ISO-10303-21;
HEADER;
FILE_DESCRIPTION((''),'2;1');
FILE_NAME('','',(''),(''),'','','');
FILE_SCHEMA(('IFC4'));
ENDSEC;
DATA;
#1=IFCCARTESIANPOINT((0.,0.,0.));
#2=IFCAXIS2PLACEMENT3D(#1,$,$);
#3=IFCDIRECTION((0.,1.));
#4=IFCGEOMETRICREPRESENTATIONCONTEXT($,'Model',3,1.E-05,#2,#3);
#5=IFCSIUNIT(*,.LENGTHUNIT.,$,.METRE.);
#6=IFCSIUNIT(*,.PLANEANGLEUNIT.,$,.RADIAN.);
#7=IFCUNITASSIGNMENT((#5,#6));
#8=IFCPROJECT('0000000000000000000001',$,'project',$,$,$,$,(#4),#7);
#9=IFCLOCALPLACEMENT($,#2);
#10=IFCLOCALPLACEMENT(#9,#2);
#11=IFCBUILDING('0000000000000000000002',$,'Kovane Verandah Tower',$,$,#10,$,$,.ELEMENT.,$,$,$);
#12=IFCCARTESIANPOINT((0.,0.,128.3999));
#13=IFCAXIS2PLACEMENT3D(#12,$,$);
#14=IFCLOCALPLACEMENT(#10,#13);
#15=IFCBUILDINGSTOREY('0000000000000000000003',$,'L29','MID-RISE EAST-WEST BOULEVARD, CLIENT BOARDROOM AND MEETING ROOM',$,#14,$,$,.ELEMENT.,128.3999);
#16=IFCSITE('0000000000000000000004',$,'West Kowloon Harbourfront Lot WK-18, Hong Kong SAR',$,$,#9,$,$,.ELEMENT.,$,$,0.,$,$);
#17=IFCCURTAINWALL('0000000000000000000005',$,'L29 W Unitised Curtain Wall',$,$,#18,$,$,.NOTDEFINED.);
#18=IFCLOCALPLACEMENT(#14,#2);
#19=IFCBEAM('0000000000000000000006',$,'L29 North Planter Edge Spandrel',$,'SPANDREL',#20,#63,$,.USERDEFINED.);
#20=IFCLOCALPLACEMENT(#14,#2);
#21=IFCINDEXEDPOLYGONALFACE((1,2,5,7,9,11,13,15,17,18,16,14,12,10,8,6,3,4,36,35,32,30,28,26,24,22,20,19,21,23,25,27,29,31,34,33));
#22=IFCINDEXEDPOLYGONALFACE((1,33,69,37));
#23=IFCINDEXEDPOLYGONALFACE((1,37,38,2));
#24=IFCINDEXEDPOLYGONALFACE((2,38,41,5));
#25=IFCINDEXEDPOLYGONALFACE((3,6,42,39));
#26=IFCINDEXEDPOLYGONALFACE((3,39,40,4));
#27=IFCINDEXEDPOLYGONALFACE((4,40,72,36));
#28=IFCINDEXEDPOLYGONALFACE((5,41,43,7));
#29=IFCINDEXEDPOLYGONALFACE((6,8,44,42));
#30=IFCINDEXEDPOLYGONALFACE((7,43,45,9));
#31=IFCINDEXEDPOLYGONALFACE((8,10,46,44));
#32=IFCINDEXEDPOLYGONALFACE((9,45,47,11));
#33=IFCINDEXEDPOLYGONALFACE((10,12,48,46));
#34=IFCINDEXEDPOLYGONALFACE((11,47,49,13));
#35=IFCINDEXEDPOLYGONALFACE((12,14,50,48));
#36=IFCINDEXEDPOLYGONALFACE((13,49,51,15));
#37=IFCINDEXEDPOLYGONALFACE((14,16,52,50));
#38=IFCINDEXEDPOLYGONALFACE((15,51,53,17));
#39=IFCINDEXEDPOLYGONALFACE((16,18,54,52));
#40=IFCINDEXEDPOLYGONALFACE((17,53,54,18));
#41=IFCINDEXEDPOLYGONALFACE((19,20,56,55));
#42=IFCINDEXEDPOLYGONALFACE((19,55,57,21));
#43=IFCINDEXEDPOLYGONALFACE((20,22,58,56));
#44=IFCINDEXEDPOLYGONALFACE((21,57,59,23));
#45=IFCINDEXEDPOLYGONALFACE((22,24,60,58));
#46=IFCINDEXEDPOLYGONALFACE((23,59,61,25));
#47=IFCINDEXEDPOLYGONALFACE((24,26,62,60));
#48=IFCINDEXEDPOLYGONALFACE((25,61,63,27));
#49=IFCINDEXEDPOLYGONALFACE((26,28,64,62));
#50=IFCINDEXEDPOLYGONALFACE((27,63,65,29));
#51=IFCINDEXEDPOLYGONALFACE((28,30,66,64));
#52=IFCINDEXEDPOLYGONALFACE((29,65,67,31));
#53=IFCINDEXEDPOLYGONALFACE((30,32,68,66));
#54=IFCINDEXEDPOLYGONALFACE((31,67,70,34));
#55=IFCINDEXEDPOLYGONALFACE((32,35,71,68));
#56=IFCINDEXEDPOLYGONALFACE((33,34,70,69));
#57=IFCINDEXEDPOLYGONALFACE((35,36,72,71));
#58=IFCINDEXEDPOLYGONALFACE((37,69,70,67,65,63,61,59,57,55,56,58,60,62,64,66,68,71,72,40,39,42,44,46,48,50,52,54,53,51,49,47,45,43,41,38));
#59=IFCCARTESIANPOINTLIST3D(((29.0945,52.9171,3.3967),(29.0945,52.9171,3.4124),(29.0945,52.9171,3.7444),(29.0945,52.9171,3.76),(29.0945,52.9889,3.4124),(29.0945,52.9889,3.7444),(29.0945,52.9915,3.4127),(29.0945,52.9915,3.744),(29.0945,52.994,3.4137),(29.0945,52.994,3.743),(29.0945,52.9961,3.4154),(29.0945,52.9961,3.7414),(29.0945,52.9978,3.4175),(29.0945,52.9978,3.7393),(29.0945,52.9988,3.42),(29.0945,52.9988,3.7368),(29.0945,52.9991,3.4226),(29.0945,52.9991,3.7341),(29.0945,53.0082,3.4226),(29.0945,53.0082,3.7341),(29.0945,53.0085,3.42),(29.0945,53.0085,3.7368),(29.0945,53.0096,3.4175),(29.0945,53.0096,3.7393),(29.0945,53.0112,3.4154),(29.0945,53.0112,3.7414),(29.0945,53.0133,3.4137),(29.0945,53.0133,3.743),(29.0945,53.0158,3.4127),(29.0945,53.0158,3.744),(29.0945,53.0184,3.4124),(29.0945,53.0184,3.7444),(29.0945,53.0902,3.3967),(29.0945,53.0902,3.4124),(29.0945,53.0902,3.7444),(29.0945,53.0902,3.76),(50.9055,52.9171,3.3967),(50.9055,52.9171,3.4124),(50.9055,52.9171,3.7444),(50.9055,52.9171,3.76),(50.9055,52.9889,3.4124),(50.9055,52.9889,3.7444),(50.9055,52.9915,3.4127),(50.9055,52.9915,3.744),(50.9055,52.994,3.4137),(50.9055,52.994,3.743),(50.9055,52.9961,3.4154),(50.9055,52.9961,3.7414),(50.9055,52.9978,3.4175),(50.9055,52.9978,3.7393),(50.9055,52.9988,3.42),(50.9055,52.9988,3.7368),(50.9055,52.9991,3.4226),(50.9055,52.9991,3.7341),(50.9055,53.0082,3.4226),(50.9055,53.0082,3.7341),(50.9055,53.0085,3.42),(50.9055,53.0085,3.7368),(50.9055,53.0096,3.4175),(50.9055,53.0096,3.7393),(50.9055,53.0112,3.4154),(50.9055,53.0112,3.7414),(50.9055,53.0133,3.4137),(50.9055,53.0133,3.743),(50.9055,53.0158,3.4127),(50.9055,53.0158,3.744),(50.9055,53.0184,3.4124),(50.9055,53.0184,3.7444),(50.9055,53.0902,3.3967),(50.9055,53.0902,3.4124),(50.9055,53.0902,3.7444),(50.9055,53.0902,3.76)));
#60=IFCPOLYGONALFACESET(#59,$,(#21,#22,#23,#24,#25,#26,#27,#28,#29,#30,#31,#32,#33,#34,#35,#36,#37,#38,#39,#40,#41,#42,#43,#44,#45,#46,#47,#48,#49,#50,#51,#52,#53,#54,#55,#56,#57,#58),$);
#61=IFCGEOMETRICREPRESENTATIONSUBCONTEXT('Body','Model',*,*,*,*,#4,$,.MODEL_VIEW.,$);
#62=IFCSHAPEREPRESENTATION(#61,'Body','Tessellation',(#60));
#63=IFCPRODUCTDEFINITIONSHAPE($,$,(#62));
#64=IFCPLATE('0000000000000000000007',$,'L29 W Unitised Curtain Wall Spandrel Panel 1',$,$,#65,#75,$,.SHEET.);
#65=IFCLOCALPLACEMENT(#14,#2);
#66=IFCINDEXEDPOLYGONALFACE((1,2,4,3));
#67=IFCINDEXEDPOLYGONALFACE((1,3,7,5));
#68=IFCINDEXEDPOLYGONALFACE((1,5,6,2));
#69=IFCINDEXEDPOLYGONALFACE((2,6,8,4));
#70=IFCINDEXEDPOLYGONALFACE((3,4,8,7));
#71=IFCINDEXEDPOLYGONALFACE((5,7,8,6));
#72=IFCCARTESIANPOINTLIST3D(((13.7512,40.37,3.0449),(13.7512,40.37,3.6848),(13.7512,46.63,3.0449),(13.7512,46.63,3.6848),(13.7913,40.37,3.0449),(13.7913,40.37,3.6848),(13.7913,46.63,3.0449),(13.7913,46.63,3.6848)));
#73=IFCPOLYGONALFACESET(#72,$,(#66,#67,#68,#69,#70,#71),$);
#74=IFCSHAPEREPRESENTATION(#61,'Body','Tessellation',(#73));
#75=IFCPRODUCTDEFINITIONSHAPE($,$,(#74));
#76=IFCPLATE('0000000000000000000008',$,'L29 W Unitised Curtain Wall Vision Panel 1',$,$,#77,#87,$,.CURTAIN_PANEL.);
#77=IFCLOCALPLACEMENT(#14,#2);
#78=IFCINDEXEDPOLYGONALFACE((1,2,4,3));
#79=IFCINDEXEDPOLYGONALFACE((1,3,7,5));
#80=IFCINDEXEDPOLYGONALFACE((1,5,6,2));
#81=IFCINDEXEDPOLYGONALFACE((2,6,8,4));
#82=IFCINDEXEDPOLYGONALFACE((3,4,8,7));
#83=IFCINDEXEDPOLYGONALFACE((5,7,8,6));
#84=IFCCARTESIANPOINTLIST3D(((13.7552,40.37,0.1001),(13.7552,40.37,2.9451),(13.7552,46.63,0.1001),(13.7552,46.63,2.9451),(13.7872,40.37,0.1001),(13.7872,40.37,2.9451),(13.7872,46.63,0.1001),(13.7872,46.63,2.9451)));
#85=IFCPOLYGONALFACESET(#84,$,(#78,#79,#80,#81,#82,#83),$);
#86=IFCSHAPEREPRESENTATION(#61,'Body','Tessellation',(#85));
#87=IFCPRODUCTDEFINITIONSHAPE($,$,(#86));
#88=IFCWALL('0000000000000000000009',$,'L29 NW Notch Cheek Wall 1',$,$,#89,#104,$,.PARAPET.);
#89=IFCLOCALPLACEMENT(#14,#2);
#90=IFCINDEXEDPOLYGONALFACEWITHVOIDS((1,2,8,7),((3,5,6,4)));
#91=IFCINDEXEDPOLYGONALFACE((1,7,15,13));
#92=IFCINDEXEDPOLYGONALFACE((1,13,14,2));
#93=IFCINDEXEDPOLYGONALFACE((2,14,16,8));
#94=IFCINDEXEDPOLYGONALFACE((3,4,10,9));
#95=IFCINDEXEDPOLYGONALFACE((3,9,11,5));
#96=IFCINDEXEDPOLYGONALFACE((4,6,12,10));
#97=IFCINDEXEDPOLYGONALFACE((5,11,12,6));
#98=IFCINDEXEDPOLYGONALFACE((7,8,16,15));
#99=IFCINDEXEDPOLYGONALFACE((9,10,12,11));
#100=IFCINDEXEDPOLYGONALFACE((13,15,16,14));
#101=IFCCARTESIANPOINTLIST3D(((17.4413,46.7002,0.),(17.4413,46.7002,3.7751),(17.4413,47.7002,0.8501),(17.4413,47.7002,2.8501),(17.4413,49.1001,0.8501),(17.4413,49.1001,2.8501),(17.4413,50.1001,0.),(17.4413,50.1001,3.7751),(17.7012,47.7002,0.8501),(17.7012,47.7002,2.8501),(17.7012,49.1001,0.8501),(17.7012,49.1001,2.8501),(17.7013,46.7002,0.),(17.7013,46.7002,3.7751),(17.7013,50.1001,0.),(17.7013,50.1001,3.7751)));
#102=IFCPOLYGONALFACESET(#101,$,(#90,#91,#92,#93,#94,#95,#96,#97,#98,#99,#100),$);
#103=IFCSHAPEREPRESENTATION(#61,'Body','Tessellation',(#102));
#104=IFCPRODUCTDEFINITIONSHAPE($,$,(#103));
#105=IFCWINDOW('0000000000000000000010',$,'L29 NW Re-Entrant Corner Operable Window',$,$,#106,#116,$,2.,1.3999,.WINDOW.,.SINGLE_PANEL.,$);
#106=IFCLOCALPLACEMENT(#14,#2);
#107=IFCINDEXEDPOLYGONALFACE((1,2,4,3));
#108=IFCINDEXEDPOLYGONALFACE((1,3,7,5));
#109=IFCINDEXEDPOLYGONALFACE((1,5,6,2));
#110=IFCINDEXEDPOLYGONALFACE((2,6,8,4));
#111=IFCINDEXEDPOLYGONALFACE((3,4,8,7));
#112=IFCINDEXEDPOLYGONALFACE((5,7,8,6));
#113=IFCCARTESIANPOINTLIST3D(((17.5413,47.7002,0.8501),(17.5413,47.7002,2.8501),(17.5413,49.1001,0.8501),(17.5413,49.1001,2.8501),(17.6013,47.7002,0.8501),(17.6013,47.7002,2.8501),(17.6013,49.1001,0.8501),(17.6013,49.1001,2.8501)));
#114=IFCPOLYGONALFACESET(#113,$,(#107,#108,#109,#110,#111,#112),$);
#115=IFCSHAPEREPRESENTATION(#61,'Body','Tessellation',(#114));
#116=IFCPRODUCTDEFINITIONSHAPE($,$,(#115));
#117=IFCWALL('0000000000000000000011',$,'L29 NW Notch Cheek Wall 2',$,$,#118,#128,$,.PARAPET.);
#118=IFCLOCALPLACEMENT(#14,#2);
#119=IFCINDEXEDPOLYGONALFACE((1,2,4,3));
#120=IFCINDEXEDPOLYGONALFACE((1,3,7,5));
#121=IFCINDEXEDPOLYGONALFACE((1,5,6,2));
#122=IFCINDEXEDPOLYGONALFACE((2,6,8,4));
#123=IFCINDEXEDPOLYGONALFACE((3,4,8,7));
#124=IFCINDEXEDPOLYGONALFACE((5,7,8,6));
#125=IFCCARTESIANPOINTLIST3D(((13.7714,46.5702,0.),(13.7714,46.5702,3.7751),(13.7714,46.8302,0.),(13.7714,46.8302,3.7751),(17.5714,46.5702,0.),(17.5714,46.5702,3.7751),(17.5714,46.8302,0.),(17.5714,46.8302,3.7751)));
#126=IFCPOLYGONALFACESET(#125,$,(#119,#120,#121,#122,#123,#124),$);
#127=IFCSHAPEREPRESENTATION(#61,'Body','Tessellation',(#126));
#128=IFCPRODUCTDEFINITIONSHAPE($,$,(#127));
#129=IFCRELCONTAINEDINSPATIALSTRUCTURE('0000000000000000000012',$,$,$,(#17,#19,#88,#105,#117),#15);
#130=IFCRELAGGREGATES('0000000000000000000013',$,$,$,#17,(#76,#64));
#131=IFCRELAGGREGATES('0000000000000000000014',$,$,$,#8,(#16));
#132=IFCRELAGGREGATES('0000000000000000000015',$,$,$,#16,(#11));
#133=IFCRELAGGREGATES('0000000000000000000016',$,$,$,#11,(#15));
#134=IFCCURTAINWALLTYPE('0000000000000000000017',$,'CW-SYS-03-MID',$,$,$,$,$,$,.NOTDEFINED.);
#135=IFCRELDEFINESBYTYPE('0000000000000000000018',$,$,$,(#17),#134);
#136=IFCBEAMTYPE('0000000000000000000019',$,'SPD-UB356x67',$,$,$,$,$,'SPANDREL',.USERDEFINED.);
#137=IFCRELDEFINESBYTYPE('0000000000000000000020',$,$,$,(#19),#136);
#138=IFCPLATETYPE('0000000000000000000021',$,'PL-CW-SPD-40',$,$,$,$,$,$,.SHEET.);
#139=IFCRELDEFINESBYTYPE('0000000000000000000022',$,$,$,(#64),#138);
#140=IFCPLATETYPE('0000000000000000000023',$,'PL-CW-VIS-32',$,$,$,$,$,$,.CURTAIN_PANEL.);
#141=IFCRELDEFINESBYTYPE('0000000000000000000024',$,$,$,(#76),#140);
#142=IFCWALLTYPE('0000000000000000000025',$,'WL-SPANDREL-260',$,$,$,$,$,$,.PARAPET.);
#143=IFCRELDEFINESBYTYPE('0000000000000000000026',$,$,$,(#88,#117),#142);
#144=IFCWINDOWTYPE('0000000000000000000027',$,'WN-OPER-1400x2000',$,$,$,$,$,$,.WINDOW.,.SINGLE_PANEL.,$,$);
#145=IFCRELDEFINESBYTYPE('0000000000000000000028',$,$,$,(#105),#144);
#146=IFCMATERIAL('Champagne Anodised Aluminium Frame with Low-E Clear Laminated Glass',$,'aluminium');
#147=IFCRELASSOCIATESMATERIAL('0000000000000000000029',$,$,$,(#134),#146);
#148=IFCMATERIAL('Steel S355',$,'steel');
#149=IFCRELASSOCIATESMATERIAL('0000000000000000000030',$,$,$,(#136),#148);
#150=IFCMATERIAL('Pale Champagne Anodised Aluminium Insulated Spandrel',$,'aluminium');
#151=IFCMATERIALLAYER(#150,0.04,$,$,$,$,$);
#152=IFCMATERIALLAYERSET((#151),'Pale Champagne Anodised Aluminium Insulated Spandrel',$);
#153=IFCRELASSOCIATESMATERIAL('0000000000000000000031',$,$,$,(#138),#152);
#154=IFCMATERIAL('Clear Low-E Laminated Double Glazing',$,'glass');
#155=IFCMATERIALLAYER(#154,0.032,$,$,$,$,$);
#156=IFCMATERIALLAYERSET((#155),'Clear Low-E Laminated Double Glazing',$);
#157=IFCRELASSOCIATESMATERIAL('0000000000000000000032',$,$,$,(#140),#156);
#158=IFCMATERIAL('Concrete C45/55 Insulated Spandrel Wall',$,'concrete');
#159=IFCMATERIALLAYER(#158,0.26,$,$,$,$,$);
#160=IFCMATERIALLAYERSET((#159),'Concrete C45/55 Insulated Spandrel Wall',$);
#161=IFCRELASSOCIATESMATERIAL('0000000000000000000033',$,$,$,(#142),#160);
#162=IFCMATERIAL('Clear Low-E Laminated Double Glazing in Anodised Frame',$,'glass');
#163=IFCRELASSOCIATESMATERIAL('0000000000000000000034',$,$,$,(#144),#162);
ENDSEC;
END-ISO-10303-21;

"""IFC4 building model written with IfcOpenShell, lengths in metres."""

from ifc_helpers import new_model, si_unit, direction, frame, frame_2d, origin, origin_2d, place, context, subcontext, project, spatial, rectangle, i_section, extrude, material, layer, layer_set, material_profile, profile_set, type_object, element, fill, aggregate, save


model = new_model("IFC4")

# Units and contexts
model_context = context("Model", 3, precision=1e-05, world=origin(), true_north=direction((0.0, 1.0)))
body_context = subcontext(model_context, "Body", "Model", "MODEL_VIEW")
ifc_project = project(units=[si_unit("LENGTHUNIT", "METRE"), si_unit("PLANEANGLEUNIT", "RADIAN")], contexts=[model_context])

# Site, building, storey
site_placement = place(None, origin())
site = spatial("IfcSite", under=ifc_project, at=site_placement, Name="West Kowloon Harbourfront Lot WK-18, Hong Kong SAR", CompositionType="ELEMENT", RefElevation=0.0)
building_placement = place(site_placement, origin())
building = spatial("IfcBuilding", under=site, at=building_placement, Name="Kovane Verandah Tower", CompositionType="ELEMENT")
storey_placement = place(building_placement, frame((0.0, 0.0, 128.3999)))
storey = spatial("IfcBuildingStorey", under=building, at=storey_placement, Name="L29", Description="MID-RISE EAST-WEST BOULEVARD, CLIENT BOARDROOM AND MEETING ROOM", CompositionType="ELEMENT", Elevation=128.3999)

# Shared definitions
ifc_material_1 = material(Name="Steel S355", Category="steel")

# Curtain wall
ifc_material_2 = material(Name="Champagne Anodised Aluminium Frame with Low-E Clear Laminated Glass", Category="aluminium")
curtain_wall_type = type_object("IfcCurtainWallType", Name="CW-SYS-03-MID", PredefinedType="NOTDEFINED", material=ifc_material_2)
curtain_wall_placement = place(storey_placement, origin())
curtain_wall = element("IfcCurtainWall", 1, at=curtain_wall_placement, inside=storey, type_object=curtain_wall_type, Name="L29 W Unitised Curtain Wall", PredefinedType="NOTDEFINED")

# Beam
ifc_material_profile_1 = material_profile(ifc_material_1, i_section(OverallWidth=0.1731, OverallDepth=0.3633, WebThickness=0.009, FlangeThickness=0.0156, FilletRadius=0.0103, at=origin_2d()), Name="UB356x171x67")
ifc_profile_set_1 = profile_set([ifc_material_profile_1], Name="Steel S355")
beam_type_1 = type_object("IfcBeamType", Name="SPD-UB356x67", ElementType="SPANDREL", PredefinedType="USERDEFINED", material=ifc_profile_set_1)
beam_1_placement = place(storey_placement, frame((29.0945, 53.0037, 3.5784), z_axis=(1.0, 0.0, 0.0), x_axis=(0.0, 1.0, 0.0)))
element("IfcBeam", 2, at=beam_1_placement, inside=storey, type_object=beam_type_1, Name="L29 North Planter Edge Spandrel", ObjectType="SPANDREL", PredefinedType="USERDEFINED", context=body_context, shape_type="SweptSolid", body=[
    extrude(i_section(OverallWidth=0.1731, OverallDepth=0.3633, WebThickness=0.009, FlangeThickness=0.0156, FilletRadius=0.0103, at=origin_2d()), origin(), (0.0, 0.0, 1.0), 21.811),
])

# Plates
ifc_material_3 = material(Name="Pale Champagne Anodised Aluminium Insulated Spandrel", Category="aluminium")
ifc_layer_1 = layer(ifc_material_3, 0.04)
ifc_layer_set_1 = layer_set([ifc_layer_1], Name="Pale Champagne Anodised Aluminium Insulated Spandrel")
plate_type_1 = type_object("IfcPlateType", Name="PL-CW-SPD-40", PredefinedType="SHEET", material=ifc_layer_set_1)
plate_1_placement = place(storey_placement, frame((13.7712, 43.5, 3.0449), z_axis=(0.0, 0.0, 1.0), x_axis=(0.0, -1.0, 0.0)))
plate_1 = element("IfcPlate", 3, at=plate_1_placement, type_object=plate_type_1, Name="L29 W Unitised Curtain Wall Spandrel Panel 1", PredefinedType="SHEET", context=body_context, shape_type="SweptSolid", body=[
    extrude(rectangle(XDim=6.26, YDim=0.04, at=origin_2d()), origin(), (0.0, 0.0, 1.0), 0.6399),
])
ifc_material_4 = material(Name="Clear Low-E Laminated Double Glazing", Category="glass")
ifc_layer_2 = layer(ifc_material_4, 0.032)
ifc_layer_set_2 = layer_set([ifc_layer_2], Name="Clear Low-E Laminated Double Glazing")
plate_type_2 = type_object("IfcPlateType", Name="PL-CW-VIS-32", PredefinedType="CURTAIN_PANEL", material=ifc_layer_set_2)
plate_2_placement = place(storey_placement, frame((13.7712, 43.5, 0.1001), z_axis=(0.0, 0.0, 1.0), x_axis=(0.0, -1.0, 0.0)))
plate_2 = element("IfcPlate", 4, at=plate_2_placement, type_object=plate_type_2, Name="L29 W Unitised Curtain Wall Vision Panel 1", PredefinedType="CURTAIN_PANEL", context=body_context, shape_type="SweptSolid", body=[
    extrude(rectangle(XDim=6.26, YDim=0.032, at=origin_2d()), origin(), (0.0, 0.0, 1.0), 2.845),
])
aggregate(curtain_wall, [plate_2, plate_1])

# Wall, opening, window
ifc_material_5 = material(Name="Concrete C45/55 Insulated Spandrel Wall", Category="concrete")
ifc_layer_3 = layer(ifc_material_5, 0.26)
ifc_layer_set_3 = layer_set([ifc_layer_3], Name="Concrete C45/55 Insulated Spandrel Wall")
wall_type = type_object("IfcWallType", Name="WL-SPANDREL-260", PredefinedType="PARAPET", material=ifc_layer_set_3)
wall_1_placement = place(storey_placement, frame((17.5713, 50.1001, 0.0), z_axis=(0.0, 0.0, 1.0), x_axis=(0.0, -1.0, 0.0)))
wall_1 = element("IfcWall", 5, at=wall_1_placement, inside=storey, type_object=wall_type, Name="L29 NW Notch Cheek Wall 1", PredefinedType="PARAPET", context=body_context, shape_type="SweptSolid", body=[
    extrude(rectangle(XDim=3.3999, YDim=0.26, at=frame_2d((1.7, 0.0))), origin(), (0.0, 0.0, 1.0), 3.7751),
])
opening_placement = place(wall_1_placement, frame((1.0, 0.0, 0.8501)))
opening = element("IfcOpeningElement", 6, at=opening_placement, cuts=wall_1, PredefinedType="OPENING", context=body_context, shape_type="SweptSolid", body=[
    extrude(rectangle(XDim=1.3999, YDim=2.0, at=frame_2d((0.7, 1.0))), frame((0.0, 0.1299, 0.0), z_axis=(0.0, -1.0, 0.0), x_axis=(1.0, 0.0, 0.0)), (0.0, 0.0, 1.0), 0.26),
])
ifc_material_6 = material(Name="Clear Low-E Laminated Double Glazing in Anodised Frame", Category="glass")
window_type = type_object("IfcWindowType", Name="WN-OPER-1400x2000", PartitioningType="SINGLE_PANEL", PredefinedType="WINDOW", material=ifc_material_6)
window_placement = place(opening_placement, origin())
window = element("IfcWindow", 7, at=window_placement, inside=storey, type_object=window_type, Name="L29 NW Re-Entrant Corner Operable Window", OverallHeight=2.0, OverallWidth=1.3999, PartitioningType="SINGLE_PANEL", PredefinedType="WINDOW", context=body_context, shape_type="SweptSolid", body=[
    extrude(rectangle(XDim=1.3999, YDim=2.0, at=frame_2d((0.7, 1.0))), frame((0.0, 0.03, 0.0), z_axis=(0.0, -1.0, 0.0), x_axis=(1.0, 0.0, 0.0)), (0.0, 0.0, 1.0), 0.0601),
])
fill(opening, window)

# Wall
wall_2_placement = place(storey_placement, frame((17.5713, 46.7002, 0.0), z_axis=(0.0, 0.0, 1.0), x_axis=(-1.0, 0.0, 0.0)))
element("IfcWall", 8, at=wall_2_placement, inside=storey, type_object=wall_type, Name="L29 NW Notch Cheek Wall 2", PredefinedType="PARAPET", context=body_context, shape_type="SweptSolid", body=[
    extrude(rectangle(XDim=3.8, YDim=0.26, at=frame_2d((1.8999, 0.0))), origin(), (0.0, 0.0, 1.0), 3.7751),
])

save(model, "model.ifc")
